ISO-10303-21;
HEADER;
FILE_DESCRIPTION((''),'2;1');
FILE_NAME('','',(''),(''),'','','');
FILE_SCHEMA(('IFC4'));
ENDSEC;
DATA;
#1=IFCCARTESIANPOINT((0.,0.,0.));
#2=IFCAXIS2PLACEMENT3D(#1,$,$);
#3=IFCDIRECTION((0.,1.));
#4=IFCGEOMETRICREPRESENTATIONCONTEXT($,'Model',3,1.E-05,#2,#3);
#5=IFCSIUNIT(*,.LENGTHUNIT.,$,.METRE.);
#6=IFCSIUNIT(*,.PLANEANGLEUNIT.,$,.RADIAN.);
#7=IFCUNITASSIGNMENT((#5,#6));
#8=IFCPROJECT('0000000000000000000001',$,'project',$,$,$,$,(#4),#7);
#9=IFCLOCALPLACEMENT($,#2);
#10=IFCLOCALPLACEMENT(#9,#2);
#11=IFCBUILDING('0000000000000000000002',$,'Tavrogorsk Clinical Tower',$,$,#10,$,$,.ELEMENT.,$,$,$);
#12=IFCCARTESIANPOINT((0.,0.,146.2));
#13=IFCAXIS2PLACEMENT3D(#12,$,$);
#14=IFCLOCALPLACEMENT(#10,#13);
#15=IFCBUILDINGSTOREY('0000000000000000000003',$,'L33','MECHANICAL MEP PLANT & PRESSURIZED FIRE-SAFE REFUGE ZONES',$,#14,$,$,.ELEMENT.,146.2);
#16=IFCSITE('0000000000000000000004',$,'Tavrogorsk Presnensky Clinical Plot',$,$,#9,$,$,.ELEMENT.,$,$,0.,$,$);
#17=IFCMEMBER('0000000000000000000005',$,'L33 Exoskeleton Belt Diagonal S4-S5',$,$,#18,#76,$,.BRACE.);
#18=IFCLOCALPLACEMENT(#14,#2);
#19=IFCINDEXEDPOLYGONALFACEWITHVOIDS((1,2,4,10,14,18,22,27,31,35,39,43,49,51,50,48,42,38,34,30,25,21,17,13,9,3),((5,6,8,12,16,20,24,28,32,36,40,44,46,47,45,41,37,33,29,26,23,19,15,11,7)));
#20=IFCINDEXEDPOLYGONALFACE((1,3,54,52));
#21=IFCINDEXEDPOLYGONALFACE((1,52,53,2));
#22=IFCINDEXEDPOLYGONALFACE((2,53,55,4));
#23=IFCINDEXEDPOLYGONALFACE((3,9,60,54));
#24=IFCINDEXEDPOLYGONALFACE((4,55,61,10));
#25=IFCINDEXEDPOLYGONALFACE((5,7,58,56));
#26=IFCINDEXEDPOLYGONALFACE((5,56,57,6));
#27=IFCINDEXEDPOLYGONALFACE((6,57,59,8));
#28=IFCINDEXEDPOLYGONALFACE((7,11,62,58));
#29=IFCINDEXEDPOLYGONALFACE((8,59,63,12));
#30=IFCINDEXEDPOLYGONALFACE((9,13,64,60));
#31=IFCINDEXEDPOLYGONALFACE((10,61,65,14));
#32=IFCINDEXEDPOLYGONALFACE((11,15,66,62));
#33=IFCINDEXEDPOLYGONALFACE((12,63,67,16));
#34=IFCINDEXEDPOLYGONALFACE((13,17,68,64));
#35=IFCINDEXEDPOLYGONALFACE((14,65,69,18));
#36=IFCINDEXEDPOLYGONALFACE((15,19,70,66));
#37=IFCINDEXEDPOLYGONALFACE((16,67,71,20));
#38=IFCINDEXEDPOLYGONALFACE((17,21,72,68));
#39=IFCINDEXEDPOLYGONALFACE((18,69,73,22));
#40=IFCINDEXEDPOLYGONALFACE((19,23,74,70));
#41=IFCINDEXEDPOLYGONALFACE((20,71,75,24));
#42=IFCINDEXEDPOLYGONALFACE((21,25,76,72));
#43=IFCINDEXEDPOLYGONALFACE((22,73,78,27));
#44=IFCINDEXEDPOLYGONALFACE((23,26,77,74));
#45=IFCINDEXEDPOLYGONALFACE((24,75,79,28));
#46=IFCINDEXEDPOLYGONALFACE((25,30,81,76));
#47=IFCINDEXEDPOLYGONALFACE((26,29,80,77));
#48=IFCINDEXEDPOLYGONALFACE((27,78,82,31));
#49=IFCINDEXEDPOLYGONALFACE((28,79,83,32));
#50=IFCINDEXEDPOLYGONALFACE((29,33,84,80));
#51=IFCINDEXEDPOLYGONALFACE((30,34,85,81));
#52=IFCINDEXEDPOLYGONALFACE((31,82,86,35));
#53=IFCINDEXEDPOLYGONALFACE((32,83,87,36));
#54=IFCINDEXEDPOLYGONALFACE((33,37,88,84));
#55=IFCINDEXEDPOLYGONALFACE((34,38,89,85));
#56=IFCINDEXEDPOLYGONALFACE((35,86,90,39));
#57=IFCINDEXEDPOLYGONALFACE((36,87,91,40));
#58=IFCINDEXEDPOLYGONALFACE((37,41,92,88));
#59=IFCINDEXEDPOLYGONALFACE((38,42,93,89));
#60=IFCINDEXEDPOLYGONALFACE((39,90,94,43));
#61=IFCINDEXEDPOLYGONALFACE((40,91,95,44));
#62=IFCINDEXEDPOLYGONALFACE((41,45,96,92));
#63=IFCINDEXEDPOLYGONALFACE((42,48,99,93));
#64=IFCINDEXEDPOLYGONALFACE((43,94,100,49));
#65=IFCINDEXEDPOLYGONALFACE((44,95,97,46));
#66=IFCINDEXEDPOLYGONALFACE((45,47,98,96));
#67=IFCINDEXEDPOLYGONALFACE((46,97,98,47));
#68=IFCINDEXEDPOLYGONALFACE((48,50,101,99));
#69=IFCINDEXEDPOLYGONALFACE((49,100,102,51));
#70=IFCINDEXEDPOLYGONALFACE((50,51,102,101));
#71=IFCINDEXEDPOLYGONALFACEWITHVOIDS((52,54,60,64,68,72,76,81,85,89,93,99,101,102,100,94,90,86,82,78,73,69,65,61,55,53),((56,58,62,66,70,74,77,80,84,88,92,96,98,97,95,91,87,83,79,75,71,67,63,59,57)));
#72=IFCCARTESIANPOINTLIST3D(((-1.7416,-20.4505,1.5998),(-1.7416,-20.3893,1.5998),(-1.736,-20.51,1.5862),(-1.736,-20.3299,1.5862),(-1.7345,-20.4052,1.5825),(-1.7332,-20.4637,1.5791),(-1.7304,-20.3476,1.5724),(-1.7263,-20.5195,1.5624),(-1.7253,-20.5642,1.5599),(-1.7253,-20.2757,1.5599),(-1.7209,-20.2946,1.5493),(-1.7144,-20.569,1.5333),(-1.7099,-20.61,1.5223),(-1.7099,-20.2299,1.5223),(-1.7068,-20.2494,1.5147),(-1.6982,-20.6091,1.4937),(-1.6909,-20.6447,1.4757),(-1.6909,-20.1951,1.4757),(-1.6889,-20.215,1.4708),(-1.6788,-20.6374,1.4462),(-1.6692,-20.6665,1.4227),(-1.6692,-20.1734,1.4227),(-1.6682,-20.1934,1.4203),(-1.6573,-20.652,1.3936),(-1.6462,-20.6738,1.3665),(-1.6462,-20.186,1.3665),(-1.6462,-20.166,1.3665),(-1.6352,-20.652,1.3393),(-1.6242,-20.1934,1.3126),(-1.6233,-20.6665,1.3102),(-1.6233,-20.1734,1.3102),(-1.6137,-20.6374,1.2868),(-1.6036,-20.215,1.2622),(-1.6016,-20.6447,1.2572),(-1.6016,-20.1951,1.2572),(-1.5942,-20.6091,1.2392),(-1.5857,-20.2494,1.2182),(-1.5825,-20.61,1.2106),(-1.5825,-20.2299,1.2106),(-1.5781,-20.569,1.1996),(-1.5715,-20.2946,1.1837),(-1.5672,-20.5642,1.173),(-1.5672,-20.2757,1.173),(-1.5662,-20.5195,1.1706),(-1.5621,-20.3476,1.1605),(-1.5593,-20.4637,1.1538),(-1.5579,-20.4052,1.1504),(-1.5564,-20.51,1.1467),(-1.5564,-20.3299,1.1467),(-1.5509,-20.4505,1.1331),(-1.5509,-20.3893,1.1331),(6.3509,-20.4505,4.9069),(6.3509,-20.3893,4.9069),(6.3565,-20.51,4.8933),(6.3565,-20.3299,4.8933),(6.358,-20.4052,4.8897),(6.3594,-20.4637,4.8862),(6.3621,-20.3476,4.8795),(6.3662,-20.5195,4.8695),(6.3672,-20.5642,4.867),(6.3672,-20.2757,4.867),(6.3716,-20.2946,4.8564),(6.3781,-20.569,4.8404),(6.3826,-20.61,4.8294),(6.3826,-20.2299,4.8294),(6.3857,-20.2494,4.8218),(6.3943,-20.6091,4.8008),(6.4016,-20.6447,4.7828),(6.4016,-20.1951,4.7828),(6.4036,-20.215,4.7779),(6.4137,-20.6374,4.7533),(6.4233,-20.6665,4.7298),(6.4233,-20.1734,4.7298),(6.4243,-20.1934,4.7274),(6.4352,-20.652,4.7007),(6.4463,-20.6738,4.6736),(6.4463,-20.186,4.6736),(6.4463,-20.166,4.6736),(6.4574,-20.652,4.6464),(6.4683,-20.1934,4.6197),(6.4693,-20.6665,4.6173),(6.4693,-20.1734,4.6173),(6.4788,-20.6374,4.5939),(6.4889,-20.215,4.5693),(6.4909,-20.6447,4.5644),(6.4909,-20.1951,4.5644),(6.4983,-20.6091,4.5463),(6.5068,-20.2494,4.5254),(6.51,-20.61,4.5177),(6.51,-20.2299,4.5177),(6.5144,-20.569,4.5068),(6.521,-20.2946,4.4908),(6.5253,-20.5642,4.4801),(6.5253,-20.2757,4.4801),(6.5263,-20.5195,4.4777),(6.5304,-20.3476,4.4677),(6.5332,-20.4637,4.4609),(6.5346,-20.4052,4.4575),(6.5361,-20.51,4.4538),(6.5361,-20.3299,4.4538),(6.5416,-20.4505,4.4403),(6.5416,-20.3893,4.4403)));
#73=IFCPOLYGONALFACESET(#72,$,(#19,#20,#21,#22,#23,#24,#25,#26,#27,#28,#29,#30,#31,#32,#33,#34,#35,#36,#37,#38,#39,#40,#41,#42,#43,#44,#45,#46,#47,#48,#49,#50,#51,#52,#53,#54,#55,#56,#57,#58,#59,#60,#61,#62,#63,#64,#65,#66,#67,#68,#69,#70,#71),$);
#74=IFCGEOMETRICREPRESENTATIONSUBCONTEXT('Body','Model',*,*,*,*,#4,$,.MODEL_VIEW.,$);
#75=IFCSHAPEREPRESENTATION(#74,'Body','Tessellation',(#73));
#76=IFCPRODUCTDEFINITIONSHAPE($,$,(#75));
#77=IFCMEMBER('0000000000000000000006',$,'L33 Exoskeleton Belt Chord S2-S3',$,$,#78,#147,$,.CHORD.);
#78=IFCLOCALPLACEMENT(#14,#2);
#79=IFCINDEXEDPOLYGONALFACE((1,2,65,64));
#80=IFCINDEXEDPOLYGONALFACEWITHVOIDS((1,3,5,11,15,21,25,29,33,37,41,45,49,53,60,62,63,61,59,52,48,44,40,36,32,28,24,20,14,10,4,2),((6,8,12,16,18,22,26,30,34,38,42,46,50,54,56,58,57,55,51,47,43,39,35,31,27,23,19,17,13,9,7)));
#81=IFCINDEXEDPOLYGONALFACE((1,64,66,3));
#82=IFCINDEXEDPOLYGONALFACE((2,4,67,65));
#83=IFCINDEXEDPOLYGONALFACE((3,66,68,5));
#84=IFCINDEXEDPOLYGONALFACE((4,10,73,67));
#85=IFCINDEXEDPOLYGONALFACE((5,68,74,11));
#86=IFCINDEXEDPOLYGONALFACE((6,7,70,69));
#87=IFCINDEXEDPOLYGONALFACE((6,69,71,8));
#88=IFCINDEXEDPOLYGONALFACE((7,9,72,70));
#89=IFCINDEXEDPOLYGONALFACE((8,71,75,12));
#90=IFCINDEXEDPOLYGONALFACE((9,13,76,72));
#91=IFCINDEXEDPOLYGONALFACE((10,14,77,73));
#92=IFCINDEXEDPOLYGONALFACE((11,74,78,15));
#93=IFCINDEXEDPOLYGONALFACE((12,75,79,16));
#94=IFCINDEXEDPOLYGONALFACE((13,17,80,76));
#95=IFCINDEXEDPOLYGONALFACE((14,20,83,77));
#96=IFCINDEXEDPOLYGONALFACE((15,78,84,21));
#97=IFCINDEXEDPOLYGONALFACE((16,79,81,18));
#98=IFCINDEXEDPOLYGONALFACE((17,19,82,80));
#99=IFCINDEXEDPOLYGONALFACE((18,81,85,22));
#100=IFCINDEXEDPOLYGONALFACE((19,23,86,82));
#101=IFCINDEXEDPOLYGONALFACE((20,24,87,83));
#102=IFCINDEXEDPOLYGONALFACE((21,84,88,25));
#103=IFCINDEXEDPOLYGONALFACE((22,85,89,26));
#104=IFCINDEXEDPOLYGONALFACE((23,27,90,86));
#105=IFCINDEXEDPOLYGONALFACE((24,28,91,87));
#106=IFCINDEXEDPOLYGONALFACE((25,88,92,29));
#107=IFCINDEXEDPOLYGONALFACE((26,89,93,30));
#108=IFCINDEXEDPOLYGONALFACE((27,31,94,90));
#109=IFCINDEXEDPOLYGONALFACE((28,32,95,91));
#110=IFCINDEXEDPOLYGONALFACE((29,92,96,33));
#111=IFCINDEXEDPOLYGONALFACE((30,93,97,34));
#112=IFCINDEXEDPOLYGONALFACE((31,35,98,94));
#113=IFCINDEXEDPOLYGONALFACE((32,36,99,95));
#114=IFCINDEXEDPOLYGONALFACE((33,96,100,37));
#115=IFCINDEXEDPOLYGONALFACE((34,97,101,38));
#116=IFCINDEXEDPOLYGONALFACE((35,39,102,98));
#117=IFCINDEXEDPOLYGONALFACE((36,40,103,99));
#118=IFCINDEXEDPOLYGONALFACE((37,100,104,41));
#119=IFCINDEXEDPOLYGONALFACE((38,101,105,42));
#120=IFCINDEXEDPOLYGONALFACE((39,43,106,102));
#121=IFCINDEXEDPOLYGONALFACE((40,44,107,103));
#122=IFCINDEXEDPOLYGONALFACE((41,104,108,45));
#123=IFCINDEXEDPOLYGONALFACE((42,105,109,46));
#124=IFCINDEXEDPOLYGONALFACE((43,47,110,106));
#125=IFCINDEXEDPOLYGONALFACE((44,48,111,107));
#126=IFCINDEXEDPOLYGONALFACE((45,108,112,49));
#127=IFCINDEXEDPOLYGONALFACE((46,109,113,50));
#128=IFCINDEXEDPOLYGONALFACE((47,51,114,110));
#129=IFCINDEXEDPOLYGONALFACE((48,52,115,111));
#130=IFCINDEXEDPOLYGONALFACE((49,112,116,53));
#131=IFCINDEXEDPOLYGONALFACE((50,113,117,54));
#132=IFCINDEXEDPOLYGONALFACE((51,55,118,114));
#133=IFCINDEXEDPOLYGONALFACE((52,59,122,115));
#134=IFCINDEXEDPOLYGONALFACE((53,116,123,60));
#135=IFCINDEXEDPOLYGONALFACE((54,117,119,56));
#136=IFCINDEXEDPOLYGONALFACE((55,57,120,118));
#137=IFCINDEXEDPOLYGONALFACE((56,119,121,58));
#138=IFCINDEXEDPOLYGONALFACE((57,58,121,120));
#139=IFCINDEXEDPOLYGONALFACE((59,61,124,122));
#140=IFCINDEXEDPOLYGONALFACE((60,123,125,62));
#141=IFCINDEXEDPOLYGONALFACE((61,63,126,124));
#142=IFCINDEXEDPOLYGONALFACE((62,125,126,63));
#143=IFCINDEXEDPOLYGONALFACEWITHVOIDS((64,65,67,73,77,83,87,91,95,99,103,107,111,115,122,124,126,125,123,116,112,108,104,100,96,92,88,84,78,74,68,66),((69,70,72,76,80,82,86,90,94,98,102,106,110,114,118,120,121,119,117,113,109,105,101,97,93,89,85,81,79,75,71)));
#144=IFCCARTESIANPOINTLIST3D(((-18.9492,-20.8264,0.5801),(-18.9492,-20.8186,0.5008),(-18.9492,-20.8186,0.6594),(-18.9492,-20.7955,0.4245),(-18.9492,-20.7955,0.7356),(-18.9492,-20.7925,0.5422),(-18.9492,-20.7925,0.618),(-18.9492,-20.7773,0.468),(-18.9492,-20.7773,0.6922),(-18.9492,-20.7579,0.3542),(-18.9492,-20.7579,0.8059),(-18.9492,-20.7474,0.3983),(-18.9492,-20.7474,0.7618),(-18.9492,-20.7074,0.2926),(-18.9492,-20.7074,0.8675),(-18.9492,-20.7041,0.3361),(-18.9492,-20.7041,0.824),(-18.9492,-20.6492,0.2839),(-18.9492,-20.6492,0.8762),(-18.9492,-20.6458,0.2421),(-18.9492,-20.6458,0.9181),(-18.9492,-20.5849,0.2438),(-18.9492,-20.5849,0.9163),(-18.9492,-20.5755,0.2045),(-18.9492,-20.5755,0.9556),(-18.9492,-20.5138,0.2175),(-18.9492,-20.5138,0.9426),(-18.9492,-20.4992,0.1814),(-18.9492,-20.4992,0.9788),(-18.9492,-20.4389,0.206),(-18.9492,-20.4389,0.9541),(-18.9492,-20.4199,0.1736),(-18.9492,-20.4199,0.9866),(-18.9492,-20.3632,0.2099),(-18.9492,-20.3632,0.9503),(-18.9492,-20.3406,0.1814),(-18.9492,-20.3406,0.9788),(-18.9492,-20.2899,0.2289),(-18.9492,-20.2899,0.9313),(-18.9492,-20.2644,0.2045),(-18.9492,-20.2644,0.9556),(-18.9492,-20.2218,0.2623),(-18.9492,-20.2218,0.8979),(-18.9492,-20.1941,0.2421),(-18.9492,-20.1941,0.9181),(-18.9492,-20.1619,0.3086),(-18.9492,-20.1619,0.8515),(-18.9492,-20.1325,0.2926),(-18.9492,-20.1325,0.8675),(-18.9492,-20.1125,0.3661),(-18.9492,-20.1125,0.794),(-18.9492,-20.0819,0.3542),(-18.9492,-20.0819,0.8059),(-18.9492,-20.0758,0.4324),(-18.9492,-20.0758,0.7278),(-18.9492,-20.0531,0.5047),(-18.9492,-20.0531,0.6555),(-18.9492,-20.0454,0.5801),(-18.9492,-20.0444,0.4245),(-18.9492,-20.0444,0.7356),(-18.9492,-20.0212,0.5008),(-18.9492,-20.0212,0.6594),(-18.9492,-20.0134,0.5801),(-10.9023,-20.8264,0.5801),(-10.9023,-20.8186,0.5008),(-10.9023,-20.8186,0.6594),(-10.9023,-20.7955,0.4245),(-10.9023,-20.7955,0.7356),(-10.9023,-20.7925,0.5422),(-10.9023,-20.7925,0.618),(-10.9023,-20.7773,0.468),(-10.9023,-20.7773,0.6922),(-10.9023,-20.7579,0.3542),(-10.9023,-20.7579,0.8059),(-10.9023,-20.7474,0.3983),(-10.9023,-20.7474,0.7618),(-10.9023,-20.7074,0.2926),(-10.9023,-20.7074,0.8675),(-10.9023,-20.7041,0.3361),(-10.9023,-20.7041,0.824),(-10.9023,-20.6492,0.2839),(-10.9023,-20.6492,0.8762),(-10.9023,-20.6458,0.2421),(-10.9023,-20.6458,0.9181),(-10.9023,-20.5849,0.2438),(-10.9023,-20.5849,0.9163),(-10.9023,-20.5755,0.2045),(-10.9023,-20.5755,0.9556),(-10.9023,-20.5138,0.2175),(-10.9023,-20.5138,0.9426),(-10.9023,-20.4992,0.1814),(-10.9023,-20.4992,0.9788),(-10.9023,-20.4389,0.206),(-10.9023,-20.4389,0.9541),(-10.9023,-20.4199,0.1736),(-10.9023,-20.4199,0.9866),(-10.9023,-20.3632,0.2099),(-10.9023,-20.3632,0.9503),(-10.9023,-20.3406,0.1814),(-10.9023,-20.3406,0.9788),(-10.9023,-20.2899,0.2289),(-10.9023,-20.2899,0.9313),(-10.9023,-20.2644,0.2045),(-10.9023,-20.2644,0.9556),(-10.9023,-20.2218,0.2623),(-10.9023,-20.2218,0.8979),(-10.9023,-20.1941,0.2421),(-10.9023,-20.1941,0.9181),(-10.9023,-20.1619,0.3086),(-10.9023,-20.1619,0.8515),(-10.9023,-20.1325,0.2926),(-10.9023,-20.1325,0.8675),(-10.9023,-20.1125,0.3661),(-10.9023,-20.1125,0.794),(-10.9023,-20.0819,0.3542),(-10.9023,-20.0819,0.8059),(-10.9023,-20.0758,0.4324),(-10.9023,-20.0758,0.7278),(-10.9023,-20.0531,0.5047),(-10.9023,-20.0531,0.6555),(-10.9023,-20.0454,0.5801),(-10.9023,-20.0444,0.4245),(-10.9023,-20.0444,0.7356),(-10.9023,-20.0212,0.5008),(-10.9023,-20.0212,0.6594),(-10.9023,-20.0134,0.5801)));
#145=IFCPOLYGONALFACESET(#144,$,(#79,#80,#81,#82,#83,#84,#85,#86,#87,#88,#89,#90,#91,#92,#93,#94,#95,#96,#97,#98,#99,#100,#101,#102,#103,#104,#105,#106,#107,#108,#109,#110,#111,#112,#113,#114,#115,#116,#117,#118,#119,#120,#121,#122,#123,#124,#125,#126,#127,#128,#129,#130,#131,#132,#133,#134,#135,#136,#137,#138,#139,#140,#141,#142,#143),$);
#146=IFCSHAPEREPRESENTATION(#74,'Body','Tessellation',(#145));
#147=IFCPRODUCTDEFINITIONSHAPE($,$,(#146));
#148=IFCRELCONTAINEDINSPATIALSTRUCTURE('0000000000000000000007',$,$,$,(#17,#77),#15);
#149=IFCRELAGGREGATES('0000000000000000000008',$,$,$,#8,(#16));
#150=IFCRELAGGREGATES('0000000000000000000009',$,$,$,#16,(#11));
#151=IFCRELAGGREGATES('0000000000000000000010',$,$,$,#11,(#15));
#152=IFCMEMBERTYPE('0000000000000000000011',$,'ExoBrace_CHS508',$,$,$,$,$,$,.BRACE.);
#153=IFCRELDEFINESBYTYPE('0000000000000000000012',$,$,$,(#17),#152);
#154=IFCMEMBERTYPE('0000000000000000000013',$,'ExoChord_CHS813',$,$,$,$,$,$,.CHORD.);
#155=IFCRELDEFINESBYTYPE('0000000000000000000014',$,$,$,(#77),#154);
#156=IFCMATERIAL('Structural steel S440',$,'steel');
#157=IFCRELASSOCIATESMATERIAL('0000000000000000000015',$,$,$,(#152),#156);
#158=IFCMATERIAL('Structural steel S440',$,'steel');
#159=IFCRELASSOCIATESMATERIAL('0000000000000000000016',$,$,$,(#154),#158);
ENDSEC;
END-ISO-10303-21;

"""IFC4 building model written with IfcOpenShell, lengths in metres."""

from ifc_helpers import new_model, si_unit, direction, frame, origin, origin_2d, place, context, subcontext, project, spatial, hollow_circle, extrude, material, material_profile, profile_set, type_object, element, save


model = new_model("IFC4")

# Units and contexts
model_context = context("Model", 3, precision=1e-05, world=origin(), true_north=direction((0.0, 1.0)))
body_context = subcontext(model_context, "Body", "Model", "MODEL_VIEW")
ifc_project = project(units=[si_unit("LENGTHUNIT", "METRE"), si_unit("PLANEANGLEUNIT", "RADIAN")], contexts=[model_context])

# Site, building, storey
site_placement = place(None, origin())
site = spatial("IfcSite", under=ifc_project, at=site_placement, Name="Tavrogorsk Presnensky Clinical Plot", CompositionType="ELEMENT", RefElevation=0.0)
building_placement = place(site_placement, origin())
building = spatial("IfcBuilding", under=site, at=building_placement, Name="Tavrogorsk Clinical Tower", CompositionType="ELEMENT")
storey_placement = place(building_placement, frame((0.0, 0.0, 146.2)))
storey = spatial("IfcBuildingStorey", under=building, at=storey_placement, Name="L33", Description="MECHANICAL MEP PLANT & PRESSURIZED FIRE-SAFE REFUGE ZONES", CompositionType="ELEMENT", Elevation=146.2)

# Members
ifc_material_1 = material(Name="Structural steel S440", Category="steel")
ifc_material_profile_1 = material_profile(ifc_material_1, hollow_circle(Radius=0.2539, WallThickness=0.02, at=origin_2d()), Name="CHS-508x20")
ifc_profile_set_1 = profile_set([ifc_material_profile_1], Name="Structural steel S440")
member_type_1 = type_object("IfcMemberType", Name="ExoBrace_CHS508", PredefinedType="BRACE", material=ifc_profile_set_1)
for number, where, z_axis, x_axis, name in (
    (1, (-1.6462, -20.4199, 1.3665), (0.925685, 0.0, 0.378295), (0.0, 1.0, 0.0), "L33 Exoskeleton Belt Diagonal S4-S5"),
):
    element("IfcMember", number, at=place(storey_placement, frame(where, z_axis=z_axis, x_axis=x_axis)), inside=storey, type_object=member_type_1, Name=name, PredefinedType="BRACE", context=body_context, shape_type="SweptSolid", body=[
        extrude(hollow_circle(Radius=0.2539, WallThickness=0.02, at=origin_2d()), origin(), (0.0, 0.0, 1.0), 8.7422),
    ])
ifc_material_2 = material(Name="Structural steel S440", Category="steel")
ifc_material_profile_2 = material_profile(ifc_material_2, hollow_circle(Radius=0.4065, WallThickness=0.032, at=origin_2d()), Name="CHS-813x32")
ifc_profile_set_2 = profile_set([ifc_material_profile_2], Name="Structural steel S440")
member_type_2 = type_object("IfcMemberType", Name="ExoChord_CHS813", PredefinedType="CHORD", material=ifc_profile_set_2)
for number, where, z_axis, x_axis, name in (
    (2, (-18.9492, -20.4199, 0.5801), (1.0, 0.0, 0.0), (0.0, 1.0, 0.0), "L33 Exoskeleton Belt Chord S2-S3"),
):
    element("IfcMember", number, at=place(storey_placement, frame(where, z_axis=z_axis, x_axis=x_axis)), inside=storey, type_object=member_type_2, Name=name, PredefinedType="CHORD", context=body_context, shape_type="SweptSolid", body=[
        extrude(hollow_circle(Radius=0.4065, WallThickness=0.032, at=origin_2d()), origin(), (0.0, 0.0, 1.0), 8.0469),
    ])

save(model, "model.ifc")
